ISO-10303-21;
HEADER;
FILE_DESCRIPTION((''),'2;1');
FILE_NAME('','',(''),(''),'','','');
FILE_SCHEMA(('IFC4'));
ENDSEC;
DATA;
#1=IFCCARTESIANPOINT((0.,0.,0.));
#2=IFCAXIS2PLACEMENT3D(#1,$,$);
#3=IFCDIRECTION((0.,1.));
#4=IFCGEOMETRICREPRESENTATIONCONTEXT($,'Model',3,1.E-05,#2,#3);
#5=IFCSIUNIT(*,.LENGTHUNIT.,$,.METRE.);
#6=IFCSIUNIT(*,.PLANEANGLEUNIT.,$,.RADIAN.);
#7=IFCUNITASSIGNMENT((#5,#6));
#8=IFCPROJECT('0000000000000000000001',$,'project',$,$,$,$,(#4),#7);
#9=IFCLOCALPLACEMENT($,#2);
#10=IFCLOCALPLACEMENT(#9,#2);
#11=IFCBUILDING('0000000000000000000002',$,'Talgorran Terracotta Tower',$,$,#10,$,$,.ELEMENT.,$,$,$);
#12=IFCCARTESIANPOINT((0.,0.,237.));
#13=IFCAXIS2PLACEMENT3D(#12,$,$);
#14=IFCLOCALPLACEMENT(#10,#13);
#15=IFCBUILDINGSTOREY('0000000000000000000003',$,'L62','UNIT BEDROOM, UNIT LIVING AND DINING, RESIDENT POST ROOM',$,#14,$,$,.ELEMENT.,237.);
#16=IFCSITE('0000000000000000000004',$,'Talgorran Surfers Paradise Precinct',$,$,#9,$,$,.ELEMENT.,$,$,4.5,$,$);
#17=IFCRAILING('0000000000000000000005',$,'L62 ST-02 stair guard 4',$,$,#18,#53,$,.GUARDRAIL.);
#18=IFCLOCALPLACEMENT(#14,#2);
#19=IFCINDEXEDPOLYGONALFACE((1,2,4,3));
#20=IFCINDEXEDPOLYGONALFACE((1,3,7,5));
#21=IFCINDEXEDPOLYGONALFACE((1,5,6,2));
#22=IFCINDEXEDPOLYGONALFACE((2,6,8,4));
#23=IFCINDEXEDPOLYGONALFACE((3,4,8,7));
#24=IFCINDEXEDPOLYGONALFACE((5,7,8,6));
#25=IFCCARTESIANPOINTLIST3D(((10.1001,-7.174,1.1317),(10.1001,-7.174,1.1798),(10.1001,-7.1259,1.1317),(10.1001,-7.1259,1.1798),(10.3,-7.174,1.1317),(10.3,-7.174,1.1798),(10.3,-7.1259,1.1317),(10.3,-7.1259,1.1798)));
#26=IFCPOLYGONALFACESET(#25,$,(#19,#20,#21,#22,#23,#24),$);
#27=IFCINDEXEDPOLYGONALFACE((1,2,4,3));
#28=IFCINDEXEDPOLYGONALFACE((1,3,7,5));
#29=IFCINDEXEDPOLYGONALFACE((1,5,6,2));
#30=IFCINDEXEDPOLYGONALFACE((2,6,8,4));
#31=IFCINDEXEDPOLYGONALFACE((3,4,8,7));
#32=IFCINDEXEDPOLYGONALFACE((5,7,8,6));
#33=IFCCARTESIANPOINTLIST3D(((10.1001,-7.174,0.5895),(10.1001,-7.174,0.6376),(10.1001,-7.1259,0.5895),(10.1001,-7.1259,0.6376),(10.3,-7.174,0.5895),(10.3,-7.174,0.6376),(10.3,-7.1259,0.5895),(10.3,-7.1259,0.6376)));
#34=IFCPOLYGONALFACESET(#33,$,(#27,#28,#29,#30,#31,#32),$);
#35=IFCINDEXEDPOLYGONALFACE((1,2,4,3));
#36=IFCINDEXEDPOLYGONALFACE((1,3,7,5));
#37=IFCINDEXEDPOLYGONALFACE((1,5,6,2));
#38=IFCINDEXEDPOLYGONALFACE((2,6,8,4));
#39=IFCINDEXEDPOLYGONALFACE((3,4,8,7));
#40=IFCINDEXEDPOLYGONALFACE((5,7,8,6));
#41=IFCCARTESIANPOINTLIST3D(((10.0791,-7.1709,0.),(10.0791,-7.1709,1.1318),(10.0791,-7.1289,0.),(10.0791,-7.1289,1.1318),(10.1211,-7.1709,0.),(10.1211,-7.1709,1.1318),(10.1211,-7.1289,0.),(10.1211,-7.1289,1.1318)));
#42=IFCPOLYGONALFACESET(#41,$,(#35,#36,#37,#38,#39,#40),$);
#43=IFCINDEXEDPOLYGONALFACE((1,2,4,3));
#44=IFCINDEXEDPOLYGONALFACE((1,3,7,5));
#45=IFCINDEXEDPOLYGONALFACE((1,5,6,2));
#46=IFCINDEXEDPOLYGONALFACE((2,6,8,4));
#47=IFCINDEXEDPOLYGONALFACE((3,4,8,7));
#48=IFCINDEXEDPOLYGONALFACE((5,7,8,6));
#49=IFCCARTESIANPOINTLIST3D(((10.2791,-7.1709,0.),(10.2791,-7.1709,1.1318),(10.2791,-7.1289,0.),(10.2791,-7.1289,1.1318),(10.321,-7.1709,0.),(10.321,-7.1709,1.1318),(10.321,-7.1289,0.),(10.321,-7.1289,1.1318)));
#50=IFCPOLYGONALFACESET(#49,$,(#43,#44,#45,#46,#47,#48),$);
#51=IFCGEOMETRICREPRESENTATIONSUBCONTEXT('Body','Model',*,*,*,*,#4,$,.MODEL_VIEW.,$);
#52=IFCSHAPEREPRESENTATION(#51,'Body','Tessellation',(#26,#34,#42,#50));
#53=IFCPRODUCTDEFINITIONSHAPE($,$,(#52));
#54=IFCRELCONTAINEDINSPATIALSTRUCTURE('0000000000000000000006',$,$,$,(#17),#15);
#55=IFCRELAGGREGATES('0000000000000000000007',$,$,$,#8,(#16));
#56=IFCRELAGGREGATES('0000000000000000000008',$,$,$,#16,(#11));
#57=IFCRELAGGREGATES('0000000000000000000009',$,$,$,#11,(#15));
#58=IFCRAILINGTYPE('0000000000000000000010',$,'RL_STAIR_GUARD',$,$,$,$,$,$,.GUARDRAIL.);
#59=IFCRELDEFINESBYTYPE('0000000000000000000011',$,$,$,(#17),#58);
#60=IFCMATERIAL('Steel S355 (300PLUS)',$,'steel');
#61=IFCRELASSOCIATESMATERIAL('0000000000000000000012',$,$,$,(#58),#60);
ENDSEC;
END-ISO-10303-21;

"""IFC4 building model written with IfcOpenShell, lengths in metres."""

from ifc_helpers import new_model, si_unit, direction, frame, origin, origin_2d, place, context, subcontext, project, spatial, rectangle, extrude, material, type_object, element, save


model = new_model("IFC4")

# Units and contexts
model_context = context("Model", 3, precision=1e-05, world=origin(), true_north=direction((0.0, 1.0)))
body_context = subcontext(model_context, "Body", "Model", "MODEL_VIEW")
ifc_project = project(units=[si_unit("LENGTHUNIT", "METRE"), si_unit("PLANEANGLEUNIT", "RADIAN")], contexts=[model_context])

# Site, building, storey
site_placement = place(None, origin())
site = spatial("IfcSite", under=ifc_project, at=site_placement, Name="Talgorran Surfers Paradise Precinct", CompositionType="ELEMENT", RefElevation=4.5)
building_placement = place(site_placement, origin())
building = spatial("IfcBuilding", under=site, at=building_placement, Name="Talgorran Terracotta Tower", CompositionType="ELEMENT")
storey_placement = place(building_placement, frame((0.0, 0.0, 237.0)))
storey = spatial("IfcBuildingStorey", under=building, at=storey_placement, Name="L62", Description="UNIT BEDROOM, UNIT LIVING AND DINING, RESIDENT POST ROOM", CompositionType="ELEMENT", Elevation=237.0)

# Shared definitions
ifc_material_1 = material(Name="Steel S355 (300PLUS)", Category="steel")

# Railing
railing_type_1 = type_object("IfcRailingType", Name="RL_STAIR_GUARD", PredefinedType="GUARDRAIL", material=ifc_material_1)
railing_1_placement = place(storey_placement, frame((10.1001, -7.1499, 0.0)))
element("IfcRailing", 1, at=railing_1_placement, inside=storey, type_object=railing_type_1, Name="L62 ST-02 stair guard 4", PredefinedType="GUARDRAIL", context=body_context, shape_type="SweptSolid", body=[
    extrude(rectangle(XDim=0.0481, YDim=0.0481, at=origin_2d()), frame((0.0, 0.0, 1.1558), z_axis=(1.0, 0.0, 0.0), x_axis=(0.0, 1.0, 0.0)), (0.0, 0.0, 1.0), 0.2),
    extrude(rectangle(XDim=0.0481, YDim=0.0481, at=origin_2d()), frame((0.0, 0.0, 0.6135), z_axis=(1.0, 0.0, 0.0), x_axis=(0.0, 1.0, 0.0)), (0.0, 0.0, 1.0), 0.2),
    extrude(rectangle(XDim=0.042, YDim=0.042, at=origin_2d()), origin(), (0.0, 0.0, 1.0), 1.1318),
    extrude(rectangle(XDim=0.042, YDim=0.042, at=origin_2d()), frame((0.2, 0.0, 0.0)), (0.0, 0.0, 1.0), 1.1318),
])

save(model, "model.ifc")
